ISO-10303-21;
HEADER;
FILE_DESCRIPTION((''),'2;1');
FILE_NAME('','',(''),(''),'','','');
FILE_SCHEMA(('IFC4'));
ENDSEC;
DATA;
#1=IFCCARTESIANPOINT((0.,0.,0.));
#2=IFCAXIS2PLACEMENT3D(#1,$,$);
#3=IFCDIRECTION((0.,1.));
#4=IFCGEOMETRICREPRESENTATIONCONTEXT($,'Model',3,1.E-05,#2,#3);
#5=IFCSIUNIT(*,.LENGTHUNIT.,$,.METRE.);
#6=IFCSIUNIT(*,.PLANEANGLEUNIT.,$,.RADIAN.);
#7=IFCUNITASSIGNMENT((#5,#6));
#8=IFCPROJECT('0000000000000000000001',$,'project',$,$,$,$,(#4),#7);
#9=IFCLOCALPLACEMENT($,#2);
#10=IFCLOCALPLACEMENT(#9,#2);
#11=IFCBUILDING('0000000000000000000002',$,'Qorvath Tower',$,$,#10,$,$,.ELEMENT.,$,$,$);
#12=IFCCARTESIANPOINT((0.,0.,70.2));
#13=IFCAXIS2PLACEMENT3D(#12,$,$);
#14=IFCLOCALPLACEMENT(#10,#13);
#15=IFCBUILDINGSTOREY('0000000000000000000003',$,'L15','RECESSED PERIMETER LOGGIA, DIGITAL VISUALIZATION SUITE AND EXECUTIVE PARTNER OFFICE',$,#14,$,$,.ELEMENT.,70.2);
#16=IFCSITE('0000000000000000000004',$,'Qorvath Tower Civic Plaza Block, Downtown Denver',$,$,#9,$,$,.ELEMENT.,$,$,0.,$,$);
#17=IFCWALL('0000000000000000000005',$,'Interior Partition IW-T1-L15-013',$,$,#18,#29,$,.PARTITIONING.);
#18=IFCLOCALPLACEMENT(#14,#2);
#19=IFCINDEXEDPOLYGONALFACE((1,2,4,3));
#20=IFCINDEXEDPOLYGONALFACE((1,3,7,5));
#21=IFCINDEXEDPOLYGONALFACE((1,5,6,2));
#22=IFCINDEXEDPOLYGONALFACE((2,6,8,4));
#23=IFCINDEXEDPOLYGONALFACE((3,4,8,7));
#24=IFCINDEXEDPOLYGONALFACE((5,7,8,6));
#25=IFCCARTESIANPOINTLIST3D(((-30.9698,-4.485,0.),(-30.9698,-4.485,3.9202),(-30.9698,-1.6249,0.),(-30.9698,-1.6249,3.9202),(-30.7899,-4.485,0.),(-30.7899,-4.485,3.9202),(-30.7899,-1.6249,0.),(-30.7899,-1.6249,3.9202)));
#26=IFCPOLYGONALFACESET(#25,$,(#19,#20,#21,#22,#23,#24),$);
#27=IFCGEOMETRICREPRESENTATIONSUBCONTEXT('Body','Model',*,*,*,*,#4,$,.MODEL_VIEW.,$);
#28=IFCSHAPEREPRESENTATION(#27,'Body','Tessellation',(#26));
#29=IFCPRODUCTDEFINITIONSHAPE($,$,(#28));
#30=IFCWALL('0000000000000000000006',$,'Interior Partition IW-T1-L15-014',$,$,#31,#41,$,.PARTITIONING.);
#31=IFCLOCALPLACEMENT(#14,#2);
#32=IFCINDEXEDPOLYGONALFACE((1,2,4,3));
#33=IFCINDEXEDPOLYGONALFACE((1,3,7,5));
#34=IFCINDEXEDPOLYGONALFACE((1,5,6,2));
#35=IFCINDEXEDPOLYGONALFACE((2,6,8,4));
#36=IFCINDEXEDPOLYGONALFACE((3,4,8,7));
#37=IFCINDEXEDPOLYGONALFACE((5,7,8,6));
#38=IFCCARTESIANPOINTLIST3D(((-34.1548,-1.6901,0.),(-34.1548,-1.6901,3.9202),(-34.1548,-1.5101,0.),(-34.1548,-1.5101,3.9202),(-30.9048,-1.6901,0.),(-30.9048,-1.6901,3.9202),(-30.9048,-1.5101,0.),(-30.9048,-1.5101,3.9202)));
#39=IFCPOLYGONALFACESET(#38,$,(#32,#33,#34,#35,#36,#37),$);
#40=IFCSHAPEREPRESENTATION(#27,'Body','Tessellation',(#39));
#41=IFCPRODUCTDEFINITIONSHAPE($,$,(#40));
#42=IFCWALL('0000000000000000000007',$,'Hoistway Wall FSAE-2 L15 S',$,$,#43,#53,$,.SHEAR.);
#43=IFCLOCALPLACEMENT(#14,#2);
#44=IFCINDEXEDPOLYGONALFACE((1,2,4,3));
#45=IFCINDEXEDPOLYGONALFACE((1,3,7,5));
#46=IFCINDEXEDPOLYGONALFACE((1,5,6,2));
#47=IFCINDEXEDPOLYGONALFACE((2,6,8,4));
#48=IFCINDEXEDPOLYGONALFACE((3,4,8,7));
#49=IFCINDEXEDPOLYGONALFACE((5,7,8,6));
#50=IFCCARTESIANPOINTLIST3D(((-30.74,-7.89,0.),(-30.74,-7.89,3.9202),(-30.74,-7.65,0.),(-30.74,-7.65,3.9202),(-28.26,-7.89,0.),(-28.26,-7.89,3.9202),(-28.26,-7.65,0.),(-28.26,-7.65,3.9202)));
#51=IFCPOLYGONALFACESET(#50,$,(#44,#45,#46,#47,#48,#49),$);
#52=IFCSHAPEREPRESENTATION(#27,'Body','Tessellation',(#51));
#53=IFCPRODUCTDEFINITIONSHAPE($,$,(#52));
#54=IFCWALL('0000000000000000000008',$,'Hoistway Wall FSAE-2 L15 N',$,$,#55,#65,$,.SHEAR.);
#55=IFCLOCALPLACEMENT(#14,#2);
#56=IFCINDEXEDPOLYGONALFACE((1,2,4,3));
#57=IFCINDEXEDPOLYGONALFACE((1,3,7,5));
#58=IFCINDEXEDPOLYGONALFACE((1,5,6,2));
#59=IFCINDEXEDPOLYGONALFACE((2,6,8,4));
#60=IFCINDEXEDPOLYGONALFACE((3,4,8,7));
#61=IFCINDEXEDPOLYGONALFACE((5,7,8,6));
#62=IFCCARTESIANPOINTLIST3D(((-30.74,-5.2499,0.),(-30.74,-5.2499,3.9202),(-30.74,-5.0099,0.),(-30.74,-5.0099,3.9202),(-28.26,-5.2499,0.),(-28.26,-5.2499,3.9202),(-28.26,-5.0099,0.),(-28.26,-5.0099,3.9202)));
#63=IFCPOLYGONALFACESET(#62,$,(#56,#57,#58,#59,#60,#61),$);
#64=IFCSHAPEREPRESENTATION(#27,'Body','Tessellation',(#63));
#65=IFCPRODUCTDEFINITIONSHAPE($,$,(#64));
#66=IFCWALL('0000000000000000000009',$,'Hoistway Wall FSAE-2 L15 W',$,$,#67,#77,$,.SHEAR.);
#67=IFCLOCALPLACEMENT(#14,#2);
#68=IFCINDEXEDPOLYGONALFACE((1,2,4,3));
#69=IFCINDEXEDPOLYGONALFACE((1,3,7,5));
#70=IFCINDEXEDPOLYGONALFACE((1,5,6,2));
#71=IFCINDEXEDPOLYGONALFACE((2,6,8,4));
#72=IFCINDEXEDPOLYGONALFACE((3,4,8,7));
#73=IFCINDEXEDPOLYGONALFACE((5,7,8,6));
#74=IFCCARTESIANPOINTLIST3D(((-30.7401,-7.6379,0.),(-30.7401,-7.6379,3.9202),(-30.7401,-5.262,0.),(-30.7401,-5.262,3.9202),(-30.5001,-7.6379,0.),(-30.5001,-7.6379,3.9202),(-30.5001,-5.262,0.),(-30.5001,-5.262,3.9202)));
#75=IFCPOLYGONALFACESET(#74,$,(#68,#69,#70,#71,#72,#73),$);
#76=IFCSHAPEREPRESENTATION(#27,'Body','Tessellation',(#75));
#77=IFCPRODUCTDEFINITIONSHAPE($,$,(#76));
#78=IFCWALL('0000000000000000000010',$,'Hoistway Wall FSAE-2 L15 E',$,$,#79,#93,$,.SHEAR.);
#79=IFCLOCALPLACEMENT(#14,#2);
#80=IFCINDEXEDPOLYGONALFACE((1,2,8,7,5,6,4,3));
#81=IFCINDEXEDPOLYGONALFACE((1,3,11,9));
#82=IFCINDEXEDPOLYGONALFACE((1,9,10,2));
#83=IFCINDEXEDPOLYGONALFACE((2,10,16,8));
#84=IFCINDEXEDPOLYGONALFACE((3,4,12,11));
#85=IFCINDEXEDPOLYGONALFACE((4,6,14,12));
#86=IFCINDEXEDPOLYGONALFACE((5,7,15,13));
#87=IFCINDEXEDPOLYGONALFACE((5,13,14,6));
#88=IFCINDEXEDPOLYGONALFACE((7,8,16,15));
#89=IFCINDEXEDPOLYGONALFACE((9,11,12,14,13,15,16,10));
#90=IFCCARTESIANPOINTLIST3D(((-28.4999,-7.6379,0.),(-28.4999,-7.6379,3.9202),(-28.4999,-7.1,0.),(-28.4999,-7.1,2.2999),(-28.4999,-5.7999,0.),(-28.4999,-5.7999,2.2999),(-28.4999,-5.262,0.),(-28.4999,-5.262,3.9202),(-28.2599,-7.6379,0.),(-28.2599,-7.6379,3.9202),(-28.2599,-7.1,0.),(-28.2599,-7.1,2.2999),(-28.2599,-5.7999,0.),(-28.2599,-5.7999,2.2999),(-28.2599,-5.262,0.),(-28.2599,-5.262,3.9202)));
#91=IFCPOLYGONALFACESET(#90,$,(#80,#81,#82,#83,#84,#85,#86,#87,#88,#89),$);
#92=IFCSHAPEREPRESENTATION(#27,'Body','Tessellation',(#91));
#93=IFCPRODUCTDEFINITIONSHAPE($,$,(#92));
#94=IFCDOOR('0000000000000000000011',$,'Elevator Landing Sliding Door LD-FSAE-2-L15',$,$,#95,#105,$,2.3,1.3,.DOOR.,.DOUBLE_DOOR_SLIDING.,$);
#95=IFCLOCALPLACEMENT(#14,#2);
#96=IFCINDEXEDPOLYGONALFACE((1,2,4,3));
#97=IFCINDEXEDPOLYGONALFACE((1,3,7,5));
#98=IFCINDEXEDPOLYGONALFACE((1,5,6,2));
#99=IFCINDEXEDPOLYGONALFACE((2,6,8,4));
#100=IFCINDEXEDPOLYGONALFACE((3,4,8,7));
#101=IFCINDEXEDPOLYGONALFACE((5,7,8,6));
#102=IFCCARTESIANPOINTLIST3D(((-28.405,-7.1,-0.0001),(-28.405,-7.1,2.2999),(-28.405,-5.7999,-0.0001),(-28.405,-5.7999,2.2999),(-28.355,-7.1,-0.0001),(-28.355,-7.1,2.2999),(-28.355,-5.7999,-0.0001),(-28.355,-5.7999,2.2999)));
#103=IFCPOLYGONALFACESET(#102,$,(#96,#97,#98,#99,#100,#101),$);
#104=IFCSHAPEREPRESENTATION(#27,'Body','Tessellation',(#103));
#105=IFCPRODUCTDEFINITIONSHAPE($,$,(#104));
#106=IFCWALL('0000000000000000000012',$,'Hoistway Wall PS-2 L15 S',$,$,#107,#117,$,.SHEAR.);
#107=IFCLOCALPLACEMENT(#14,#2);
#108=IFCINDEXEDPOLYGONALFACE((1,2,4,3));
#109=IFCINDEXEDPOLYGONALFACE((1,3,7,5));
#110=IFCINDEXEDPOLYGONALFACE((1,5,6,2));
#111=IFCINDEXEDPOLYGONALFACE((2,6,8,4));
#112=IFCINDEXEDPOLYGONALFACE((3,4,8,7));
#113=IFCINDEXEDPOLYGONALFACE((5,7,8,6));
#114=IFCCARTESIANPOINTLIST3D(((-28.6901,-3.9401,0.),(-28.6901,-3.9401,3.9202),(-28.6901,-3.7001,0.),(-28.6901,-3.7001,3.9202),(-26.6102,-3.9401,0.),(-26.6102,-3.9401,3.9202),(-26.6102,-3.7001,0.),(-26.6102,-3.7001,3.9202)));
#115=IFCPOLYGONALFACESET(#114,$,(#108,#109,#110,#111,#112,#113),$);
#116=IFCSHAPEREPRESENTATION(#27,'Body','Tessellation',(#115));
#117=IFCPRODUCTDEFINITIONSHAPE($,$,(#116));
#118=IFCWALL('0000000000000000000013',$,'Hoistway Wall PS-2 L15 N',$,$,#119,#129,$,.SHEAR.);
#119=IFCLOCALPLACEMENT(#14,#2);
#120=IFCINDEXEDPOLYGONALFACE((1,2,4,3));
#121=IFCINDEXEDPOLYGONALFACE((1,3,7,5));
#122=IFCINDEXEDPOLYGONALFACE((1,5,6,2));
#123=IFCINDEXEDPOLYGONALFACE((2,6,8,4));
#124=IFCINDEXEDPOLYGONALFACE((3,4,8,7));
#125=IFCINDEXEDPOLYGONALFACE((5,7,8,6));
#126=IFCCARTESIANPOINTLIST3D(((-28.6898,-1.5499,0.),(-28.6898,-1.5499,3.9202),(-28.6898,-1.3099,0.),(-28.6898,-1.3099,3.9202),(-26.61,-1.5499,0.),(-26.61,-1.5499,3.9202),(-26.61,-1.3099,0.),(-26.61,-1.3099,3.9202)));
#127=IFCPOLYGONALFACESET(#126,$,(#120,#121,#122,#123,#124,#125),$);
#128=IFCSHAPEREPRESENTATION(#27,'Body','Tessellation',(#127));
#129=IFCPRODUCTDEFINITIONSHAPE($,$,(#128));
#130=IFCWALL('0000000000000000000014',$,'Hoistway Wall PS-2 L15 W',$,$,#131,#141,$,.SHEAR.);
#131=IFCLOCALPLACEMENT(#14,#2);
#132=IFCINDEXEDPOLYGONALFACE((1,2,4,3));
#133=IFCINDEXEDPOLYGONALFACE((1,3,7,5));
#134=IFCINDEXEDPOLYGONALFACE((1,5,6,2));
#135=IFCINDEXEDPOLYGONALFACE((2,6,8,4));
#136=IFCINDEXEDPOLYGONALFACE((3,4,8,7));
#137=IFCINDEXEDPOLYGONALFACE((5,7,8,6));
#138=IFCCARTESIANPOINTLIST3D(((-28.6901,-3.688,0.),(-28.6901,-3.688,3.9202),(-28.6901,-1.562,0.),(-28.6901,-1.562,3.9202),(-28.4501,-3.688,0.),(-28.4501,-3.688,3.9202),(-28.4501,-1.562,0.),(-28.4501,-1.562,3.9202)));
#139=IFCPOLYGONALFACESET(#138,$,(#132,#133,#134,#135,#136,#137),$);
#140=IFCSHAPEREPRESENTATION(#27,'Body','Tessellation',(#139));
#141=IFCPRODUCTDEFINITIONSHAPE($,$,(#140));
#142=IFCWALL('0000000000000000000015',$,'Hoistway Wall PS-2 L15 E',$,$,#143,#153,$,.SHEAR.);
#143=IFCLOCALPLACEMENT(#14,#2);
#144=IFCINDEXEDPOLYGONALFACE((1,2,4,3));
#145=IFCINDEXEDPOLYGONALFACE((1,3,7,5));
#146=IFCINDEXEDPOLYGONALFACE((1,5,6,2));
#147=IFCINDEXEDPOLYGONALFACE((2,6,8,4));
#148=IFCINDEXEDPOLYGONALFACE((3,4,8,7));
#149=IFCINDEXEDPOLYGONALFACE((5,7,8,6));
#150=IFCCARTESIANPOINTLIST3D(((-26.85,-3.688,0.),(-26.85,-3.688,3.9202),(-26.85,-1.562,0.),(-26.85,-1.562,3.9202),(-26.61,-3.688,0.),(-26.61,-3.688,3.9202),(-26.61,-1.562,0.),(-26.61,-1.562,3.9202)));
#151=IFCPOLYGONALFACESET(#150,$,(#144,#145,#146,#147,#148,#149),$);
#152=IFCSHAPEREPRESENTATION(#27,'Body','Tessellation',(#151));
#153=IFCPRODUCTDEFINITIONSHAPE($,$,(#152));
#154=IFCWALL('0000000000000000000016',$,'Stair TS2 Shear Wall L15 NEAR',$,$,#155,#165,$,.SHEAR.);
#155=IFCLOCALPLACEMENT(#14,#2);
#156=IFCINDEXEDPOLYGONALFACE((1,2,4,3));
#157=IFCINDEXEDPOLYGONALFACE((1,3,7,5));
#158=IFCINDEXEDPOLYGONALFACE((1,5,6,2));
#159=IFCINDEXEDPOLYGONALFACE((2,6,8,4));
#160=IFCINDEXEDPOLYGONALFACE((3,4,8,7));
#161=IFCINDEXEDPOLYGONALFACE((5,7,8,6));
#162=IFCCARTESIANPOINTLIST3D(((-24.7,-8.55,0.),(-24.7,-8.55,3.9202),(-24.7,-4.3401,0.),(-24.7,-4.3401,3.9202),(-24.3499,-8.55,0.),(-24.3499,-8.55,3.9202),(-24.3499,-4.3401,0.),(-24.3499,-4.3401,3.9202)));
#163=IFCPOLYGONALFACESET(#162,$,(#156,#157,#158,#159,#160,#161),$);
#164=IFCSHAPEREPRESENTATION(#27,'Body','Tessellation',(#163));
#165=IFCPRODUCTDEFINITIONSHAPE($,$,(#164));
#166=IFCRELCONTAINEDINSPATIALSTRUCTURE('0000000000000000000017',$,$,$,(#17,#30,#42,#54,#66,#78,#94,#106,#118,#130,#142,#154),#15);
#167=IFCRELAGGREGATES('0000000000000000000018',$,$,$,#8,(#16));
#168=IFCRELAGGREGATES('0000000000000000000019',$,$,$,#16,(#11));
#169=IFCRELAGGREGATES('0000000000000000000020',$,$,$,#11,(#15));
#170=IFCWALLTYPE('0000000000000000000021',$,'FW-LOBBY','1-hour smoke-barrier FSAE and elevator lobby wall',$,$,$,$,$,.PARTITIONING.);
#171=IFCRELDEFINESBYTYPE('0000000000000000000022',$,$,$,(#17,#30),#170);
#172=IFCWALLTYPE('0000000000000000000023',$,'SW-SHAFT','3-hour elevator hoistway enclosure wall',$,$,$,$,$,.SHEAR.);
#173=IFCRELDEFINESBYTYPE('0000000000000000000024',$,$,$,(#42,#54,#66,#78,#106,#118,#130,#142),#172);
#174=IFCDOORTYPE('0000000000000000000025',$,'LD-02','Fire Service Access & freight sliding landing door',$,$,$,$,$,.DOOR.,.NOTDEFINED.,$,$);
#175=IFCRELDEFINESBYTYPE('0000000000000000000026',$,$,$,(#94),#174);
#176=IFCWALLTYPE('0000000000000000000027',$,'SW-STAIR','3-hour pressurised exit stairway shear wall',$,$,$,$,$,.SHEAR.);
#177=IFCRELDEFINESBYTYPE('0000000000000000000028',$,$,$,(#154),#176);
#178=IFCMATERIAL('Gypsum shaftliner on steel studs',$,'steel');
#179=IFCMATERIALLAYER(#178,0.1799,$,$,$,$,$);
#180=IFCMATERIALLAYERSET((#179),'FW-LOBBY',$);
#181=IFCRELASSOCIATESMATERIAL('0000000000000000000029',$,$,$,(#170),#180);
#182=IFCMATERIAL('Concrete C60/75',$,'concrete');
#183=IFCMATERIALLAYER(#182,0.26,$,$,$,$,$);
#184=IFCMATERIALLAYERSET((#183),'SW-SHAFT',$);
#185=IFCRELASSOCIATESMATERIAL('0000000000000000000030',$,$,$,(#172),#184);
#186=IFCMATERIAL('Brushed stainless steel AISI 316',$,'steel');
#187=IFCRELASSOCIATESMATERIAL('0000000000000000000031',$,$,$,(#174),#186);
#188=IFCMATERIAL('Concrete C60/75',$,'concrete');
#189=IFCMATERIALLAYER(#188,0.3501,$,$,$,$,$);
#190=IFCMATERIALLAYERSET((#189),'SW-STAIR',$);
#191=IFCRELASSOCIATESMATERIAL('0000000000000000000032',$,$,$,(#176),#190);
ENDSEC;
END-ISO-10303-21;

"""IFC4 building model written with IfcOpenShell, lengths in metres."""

from ifc_helpers import new_model, si_unit, direction, frame, frame_2d, origin, place, context, subcontext, project, spatial, rectangle, extrude, material, layer, layer_set, type_object, element, fill, save


model = new_model("IFC4")

# Units and contexts
model_context = context("Model", 3, precision=1e-05, world=origin(), true_north=direction((0.0, 1.0)))
body_context = subcontext(model_context, "Body", "Model", "MODEL_VIEW")
ifc_project = project(units=[si_unit("LENGTHUNIT", "METRE"), si_unit("PLANEANGLEUNIT", "RADIAN")], contexts=[model_context])

# Site, building, storey
site_placement = place(None, origin())
site = spatial("IfcSite", under=ifc_project, at=site_placement, Name="Qorvath Tower Civic Plaza Block, Downtown Denver", CompositionType="ELEMENT", RefElevation=0.0)
building_placement = place(site_placement, origin())
building = spatial("IfcBuilding", under=site, at=building_placement, Name="Qorvath Tower", CompositionType="ELEMENT")
storey_placement = place(building_placement, frame((0.0, 0.0, 70.2)))
storey = spatial("IfcBuildingStorey", under=building, at=storey_placement, Name="L15", Description="RECESSED PERIMETER LOGGIA, DIGITAL VISUALIZATION SUITE AND EXECUTIVE PARTNER OFFICE", CompositionType="ELEMENT", Elevation=70.2)

# Shared definitions
ifc_material_1 = material(Name="Gypsum shaftliner on steel studs", Category="steel")
ifc_layer_1 = layer(ifc_material_1, 0.1799)
ifc_layer_set_1 = layer_set([ifc_layer_1], Name="FW-LOBBY")
wall_type_1 = type_object("IfcWallType", Name="FW-LOBBY", Description="1-hour smoke-barrier FSAE and elevator lobby wall", PredefinedType="PARTITIONING", material=ifc_layer_set_1)

# Walls
wall_1_placement = place(storey_placement, frame((-30.8799, -4.4851, 0.0), z_axis=(0.0, 0.0, 1.0), x_axis=(0.0, 1.0, 0.0)))
element("IfcWall", 1, at=wall_1_placement, inside=storey, type_object=wall_type_1, Name="Interior Partition IW-T1-L15-013", PredefinedType="PARTITIONING", context=body_context, shape_type="SweptSolid", body=[
    extrude(rectangle(XDim=2.8601, YDim=0.1799, at=frame_2d((1.4302, 0.0))), origin(), (0.0, 0.0, 1.0), 3.9202),
])
wall_2_placement = place(storey_placement, frame((-30.9048, -1.6001, 0.0), z_axis=(0.0, 0.0, 1.0), x_axis=(-1.0, 0.0, 0.0)))
element("IfcWall", 2, at=wall_2_placement, inside=storey, type_object=wall_type_1, Name="Interior Partition IW-T1-L15-014", PredefinedType="PARTITIONING", context=body_context, shape_type="SweptSolid", body=[
    extrude(rectangle(XDim=3.25, YDim=0.1799, at=frame_2d((1.625, 0.0))), origin(), (0.0, 0.0, 1.0), 3.9202),
])
ifc_material_2 = material(Name="Concrete C60/75", Category="concrete")
ifc_layer_2 = layer(ifc_material_2, 0.26)
ifc_layer_set_2 = layer_set([ifc_layer_2], Name="SW-SHAFT")
wall_type_2 = type_object("IfcWallType", Name="SW-SHAFT", Description="3-hour elevator hoistway enclosure wall", PredefinedType="SHEAR", material=ifc_layer_set_2)
for number, where, z_axis, x_axis, name in (
    (3, (-28.26, -7.77, 0.0), (0.0, 0.0, 1.0), (-1.0, 0.0, 0.0), "Hoistway Wall FSAE-2 L15 S"),
    (4, (-30.74, -5.1299, 0.0), (0.0, 0.0, 1.0), (1.0, 0.0, 0.0), "Hoistway Wall FSAE-2 L15 N"),
):
    element("IfcWall", number, at=place(storey_placement, frame(where, z_axis=z_axis, x_axis=x_axis)), inside=storey, type_object=wall_type_2, Name=name, PredefinedType="SHEAR", context=body_context, shape_type="SweptSolid", body=[
        extrude(rectangle(XDim=2.48, YDim=0.24, at=frame_2d((1.24, 0.0))), origin(), (0.0, 0.0, 1.0), 3.9202),
    ])
wall_3_placement = place(storey_placement, frame((-30.6201, -7.6379, 0.0), z_axis=(0.0, 0.0, 1.0), x_axis=(0.0, 1.0, 0.0)))
element("IfcWall", 5, at=wall_3_placement, inside=storey, type_object=wall_type_2, Name="Hoistway Wall FSAE-2 L15 W", PredefinedType="SHEAR", context=body_context, shape_type="SweptSolid", body=[
    extrude(rectangle(XDim=2.376, YDim=0.24, at=frame_2d((1.188, 0.0))), origin(), (0.0, 0.0, 1.0), 3.9202),
])

# Wall, opening, door
wall_4_placement = place(storey_placement, frame((-28.3799, -5.262, 0.0), z_axis=(0.0, 0.0, 1.0), x_axis=(0.0, -1.0, 0.0)))
wall_4 = element("IfcWall", 6, at=wall_4_placement, inside=storey, type_object=wall_type_2, Name="Hoistway Wall FSAE-2 L15 E", PredefinedType="SHEAR", context=body_context, shape_type="SweptSolid", body=[
    extrude(rectangle(XDim=2.376, YDim=0.24, at=frame_2d((1.188, 0.0))), origin(), (0.0, 0.0, 1.0), 3.9202),
])
opening_1_placement = place(wall_4_placement, frame((0.5381, 0.0, 0.0)))
opening_1 = element("IfcOpeningElement", 7, at=opening_1_placement, cuts=wall_4, PredefinedType="OPENING", context=body_context, shape_type="SweptSolid", body=[
    extrude(rectangle(XDim=1.3, YDim=2.3, at=frame_2d((0.6499, 1.1499))), frame((0.0, 0.1299, 0.0), z_axis=(0.0, -1.0, 0.0), x_axis=(1.0, 0.0, 0.0)), (0.0, 0.0, 1.0), 0.26),
])
ifc_material_3 = material(Name="Brushed stainless steel AISI 316", Category="steel")
door_type_1 = type_object("IfcDoorType", Name="LD-02", Description="Fire Service Access & freight sliding landing door", OperationType="NOTDEFINED", PredefinedType="DOOR", material=ifc_material_3)
door_1_placement = place(opening_1_placement, origin())
door_1 = element("IfcDoor", 8, at=door_1_placement, inside=storey, type_object=door_type_1, Name="Elevator Landing Sliding Door LD-FSAE-2-L15", OperationType="DOUBLE_DOOR_SLIDING", OverallHeight=2.3, OverallWidth=1.3, PredefinedType="DOOR", context=body_context, shape_type="SweptSolid", body=[
    extrude(rectangle(XDim=1.3, YDim=2.3, at=frame_2d((0.6499, 1.1499))), frame((0.0, 0.0249, 0.0), z_axis=(0.0, -1.0, 0.0), x_axis=(1.0, 0.0, 0.0)), (0.0, 0.0, 1.0), 0.05),
])
fill(opening_1, door_1)

# Walls
for number, where, z_axis, x_axis, name in (
    (9, (-26.6101, -3.8201, 0.0), (0.0, 0.0, 1.0), (-1.0, 0.0, 0.0), "Hoistway Wall PS-2 L15 S"),
    (10, (-28.6899, -1.4299, 0.0), (0.0, 0.0, 1.0), (1.0, 0.0, 0.0), "Hoistway Wall PS-2 L15 N"),
):
    element("IfcWall", number, at=place(storey_placement, frame(where, z_axis=z_axis, x_axis=x_axis)), inside=storey, type_object=wall_type_2, Name=name, PredefinedType="SHEAR", context=body_context, shape_type="SweptSolid", body=[
        extrude(rectangle(XDim=2.0798, YDim=0.24, at=frame_2d((1.04, 0.0))), origin(), (0.0, 0.0, 1.0), 3.9202),
    ])
for number, where, z_axis, x_axis, name in (
    (11, (-28.5701, -3.688, 0.0), (0.0, 0.0, 1.0), (0.0, 1.0, 0.0), "Hoistway Wall PS-2 L15 W"),
    (12, (-26.73, -1.562, 0.0), (0.0, 0.0, 1.0), (0.0, -1.0, 0.0), "Hoistway Wall PS-2 L15 E"),
):
    element("IfcWall", number, at=place(storey_placement, frame(where, z_axis=z_axis, x_axis=x_axis)), inside=storey, type_object=wall_type_2, Name=name, PredefinedType="SHEAR", context=body_context, shape_type="SweptSolid", body=[
        extrude(rectangle(XDim=2.126, YDim=0.24, at=frame_2d((1.063, 0.0))), origin(), (0.0, 0.0, 1.0), 3.9202),
    ])
ifc_material_4 = material(Name="Concrete C60/75", Category="concrete")
ifc_layer_3 = layer(ifc_material_4, 0.3501)
ifc_layer_set_3 = layer_set([ifc_layer_3], Name="SW-STAIR")
wall_type_3 = type_object("IfcWallType", Name="SW-STAIR", Description="3-hour pressurised exit stairway shear wall", PredefinedType="SHEAR", material=ifc_layer_set_3)
wall_5_placement = place(storey_placement, frame((-24.5249, -4.3401, 0.0), z_axis=(0.0, 0.0, 1.0), x_axis=(0.0, -1.0, 0.0)))
element("IfcWall", 13, at=wall_5_placement, inside=storey, type_object=wall_type_3, Name="Stair TS2 Shear Wall L15 NEAR", PredefinedType="SHEAR", context=body_context, shape_type="SweptSolid", body=[
    extrude(rectangle(XDim=4.21, YDim=0.3501, at=frame_2d((2.105, 0.0))), origin(), (0.0, 0.0, 1.0), 3.9202),
])

save(model, "model.ifc")
